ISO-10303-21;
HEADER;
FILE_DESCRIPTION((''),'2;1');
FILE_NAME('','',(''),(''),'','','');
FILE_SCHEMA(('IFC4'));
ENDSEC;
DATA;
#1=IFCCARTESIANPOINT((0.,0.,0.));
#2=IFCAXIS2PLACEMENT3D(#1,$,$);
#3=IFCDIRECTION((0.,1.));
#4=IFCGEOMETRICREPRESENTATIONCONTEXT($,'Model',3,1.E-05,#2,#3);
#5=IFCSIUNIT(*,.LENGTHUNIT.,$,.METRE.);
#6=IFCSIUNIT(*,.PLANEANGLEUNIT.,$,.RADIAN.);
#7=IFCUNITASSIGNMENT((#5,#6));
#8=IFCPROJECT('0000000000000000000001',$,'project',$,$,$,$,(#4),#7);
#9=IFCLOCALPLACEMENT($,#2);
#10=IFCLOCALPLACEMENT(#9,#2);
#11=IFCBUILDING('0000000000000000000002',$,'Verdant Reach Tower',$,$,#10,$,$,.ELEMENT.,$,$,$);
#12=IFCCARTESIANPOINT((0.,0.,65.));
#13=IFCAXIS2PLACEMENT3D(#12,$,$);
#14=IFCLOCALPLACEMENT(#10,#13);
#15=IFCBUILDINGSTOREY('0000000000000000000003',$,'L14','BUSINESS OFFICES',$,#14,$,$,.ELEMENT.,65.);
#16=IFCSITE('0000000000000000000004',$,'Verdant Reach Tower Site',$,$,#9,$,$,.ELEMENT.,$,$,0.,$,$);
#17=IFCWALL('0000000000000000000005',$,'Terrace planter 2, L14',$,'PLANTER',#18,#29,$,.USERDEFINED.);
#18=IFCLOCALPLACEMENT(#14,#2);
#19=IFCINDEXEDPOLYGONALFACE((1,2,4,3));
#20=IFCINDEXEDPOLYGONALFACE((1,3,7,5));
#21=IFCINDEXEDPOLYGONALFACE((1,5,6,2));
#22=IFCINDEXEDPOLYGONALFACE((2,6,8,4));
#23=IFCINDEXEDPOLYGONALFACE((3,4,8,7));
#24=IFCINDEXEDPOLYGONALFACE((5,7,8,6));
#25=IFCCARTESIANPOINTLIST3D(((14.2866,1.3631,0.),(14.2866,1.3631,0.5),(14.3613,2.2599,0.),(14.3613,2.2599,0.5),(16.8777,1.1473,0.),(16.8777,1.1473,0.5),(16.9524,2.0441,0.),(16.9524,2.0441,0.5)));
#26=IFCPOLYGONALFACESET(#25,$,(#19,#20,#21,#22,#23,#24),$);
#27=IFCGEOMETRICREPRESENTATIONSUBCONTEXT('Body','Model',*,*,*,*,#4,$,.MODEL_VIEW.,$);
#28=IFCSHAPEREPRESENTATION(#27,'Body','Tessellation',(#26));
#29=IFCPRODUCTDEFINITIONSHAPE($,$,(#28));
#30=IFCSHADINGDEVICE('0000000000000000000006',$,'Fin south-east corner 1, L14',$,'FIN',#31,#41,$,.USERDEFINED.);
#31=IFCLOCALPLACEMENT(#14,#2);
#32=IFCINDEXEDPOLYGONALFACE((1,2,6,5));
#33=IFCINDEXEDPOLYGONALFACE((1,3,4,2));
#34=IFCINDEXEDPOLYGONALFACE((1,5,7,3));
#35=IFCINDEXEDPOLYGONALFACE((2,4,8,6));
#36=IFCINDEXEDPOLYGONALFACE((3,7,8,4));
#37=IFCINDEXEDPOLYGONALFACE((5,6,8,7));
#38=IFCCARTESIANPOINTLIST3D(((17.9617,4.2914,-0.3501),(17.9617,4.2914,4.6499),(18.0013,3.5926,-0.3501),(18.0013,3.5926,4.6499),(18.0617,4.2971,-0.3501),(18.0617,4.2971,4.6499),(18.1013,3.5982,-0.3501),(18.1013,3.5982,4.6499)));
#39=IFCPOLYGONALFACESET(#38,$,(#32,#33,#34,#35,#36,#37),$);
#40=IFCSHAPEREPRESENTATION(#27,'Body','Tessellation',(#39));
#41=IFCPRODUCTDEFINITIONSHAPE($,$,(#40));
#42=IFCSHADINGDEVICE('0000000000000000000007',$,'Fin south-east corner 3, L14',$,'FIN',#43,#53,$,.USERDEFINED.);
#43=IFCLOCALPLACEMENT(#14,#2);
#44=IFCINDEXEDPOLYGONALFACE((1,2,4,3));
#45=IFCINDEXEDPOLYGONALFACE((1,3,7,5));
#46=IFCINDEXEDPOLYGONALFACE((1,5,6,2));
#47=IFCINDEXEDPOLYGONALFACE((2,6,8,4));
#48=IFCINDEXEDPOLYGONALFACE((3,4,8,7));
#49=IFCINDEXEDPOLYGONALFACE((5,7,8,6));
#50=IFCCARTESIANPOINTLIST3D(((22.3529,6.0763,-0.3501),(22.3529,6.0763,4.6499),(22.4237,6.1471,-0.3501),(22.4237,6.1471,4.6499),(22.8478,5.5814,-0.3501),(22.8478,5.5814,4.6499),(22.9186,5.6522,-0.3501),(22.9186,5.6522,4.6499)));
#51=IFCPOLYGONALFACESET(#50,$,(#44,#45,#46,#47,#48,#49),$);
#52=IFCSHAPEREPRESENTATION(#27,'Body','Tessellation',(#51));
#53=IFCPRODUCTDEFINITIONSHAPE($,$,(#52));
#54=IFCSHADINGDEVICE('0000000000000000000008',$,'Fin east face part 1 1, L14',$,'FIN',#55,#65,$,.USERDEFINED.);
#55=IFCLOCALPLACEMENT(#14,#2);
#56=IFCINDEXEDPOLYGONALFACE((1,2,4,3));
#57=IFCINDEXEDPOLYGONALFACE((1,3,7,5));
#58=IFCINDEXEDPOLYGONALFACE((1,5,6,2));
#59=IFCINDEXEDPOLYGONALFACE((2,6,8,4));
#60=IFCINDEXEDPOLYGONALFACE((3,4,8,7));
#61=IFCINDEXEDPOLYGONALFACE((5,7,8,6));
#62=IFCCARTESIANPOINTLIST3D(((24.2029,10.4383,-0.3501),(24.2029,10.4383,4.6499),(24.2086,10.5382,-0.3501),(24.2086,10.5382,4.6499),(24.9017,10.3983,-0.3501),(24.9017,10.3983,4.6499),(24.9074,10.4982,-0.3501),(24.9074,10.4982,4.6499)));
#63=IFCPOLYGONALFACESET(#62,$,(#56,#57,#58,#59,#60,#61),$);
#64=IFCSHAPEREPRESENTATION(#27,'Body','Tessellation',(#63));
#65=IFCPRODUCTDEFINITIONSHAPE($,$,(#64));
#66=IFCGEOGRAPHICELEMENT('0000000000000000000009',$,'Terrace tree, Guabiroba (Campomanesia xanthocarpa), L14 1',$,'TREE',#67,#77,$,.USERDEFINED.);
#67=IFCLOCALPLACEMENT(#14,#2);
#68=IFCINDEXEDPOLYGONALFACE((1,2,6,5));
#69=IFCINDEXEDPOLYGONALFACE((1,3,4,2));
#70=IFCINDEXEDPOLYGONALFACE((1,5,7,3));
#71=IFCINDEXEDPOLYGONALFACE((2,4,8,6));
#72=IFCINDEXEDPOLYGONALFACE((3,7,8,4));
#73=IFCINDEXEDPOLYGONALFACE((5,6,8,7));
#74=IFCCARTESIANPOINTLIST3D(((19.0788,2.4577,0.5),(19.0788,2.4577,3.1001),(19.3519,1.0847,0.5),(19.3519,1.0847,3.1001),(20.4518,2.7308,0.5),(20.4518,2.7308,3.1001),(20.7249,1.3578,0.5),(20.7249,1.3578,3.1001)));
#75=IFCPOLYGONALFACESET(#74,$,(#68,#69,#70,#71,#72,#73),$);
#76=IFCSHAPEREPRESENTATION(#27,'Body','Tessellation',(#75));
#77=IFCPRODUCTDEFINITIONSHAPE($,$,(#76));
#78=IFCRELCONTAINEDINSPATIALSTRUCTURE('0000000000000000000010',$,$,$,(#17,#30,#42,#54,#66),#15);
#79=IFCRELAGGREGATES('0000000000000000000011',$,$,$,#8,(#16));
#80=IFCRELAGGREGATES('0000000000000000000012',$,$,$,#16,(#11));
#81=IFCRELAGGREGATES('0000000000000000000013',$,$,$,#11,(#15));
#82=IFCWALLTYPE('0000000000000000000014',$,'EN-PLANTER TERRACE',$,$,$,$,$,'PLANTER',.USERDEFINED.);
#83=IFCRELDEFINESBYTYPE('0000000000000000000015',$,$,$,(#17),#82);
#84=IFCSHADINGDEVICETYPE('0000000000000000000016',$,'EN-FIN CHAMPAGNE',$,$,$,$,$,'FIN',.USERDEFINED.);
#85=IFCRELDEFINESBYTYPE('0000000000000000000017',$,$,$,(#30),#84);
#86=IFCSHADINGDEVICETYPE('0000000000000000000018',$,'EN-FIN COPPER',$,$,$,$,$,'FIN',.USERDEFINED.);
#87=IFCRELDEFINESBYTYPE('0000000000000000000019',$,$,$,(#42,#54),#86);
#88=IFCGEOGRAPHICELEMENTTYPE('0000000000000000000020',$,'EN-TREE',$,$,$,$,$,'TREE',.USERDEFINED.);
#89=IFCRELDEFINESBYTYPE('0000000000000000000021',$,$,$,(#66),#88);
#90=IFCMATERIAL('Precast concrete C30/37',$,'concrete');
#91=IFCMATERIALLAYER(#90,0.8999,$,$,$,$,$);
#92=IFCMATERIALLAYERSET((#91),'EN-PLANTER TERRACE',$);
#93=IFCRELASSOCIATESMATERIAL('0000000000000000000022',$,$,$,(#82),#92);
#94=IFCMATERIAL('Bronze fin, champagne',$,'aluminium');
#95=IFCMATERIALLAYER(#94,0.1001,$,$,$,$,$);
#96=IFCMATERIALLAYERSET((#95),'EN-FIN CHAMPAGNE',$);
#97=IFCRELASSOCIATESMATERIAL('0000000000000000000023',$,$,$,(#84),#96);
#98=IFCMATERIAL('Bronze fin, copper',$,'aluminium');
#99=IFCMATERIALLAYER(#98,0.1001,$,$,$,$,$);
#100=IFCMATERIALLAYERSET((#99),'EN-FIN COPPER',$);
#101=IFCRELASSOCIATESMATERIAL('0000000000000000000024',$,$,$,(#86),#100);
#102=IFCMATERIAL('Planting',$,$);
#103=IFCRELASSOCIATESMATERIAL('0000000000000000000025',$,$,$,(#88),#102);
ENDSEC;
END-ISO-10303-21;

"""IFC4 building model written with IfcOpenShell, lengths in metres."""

from ifc_helpers import new_model, si_unit, direction, frame, frame_2d, origin, origin_2d, place, context, subcontext, project, spatial, rectangle, extrude, material, layer, layer_set, type_object, element, save


model = new_model("IFC4")

# Units and contexts
model_context = context("Model", 3, precision=1e-05, world=origin(), true_north=direction((0.0, 1.0)))
body_context = subcontext(model_context, "Body", "Model", "MODEL_VIEW")
ifc_project = project(units=[si_unit("LENGTHUNIT", "METRE"), si_unit("PLANEANGLEUNIT", "RADIAN")], contexts=[model_context])

# Site, building, storey
site_placement = place(None, origin())
site = spatial("IfcSite", under=ifc_project, at=site_placement, Name="Verdant Reach Tower Site", CompositionType="ELEMENT", RefElevation=0.0)
building_placement = place(site_placement, origin())
building = spatial("IfcBuilding", under=site, at=building_placement, Name="Verdant Reach Tower", CompositionType="ELEMENT")
storey_placement = place(building_placement, frame((0.0, 0.0, 65.0)))
storey = spatial("IfcBuildingStorey", under=building, at=storey_placement, Name="L14", Description="BUSINESS OFFICES", CompositionType="ELEMENT", Elevation=65.0)

# Wall
ifc_material_1 = material(Name="Precast concrete C30/37", Category="concrete")
ifc_layer_1 = layer(ifc_material_1, 0.8999)
ifc_layer_set_1 = layer_set([ifc_layer_1], Name="EN-PLANTER TERRACE")
wall_type = type_object("IfcWallType", Name="EN-PLANTER TERRACE", ElementType="PLANTER", PredefinedType="USERDEFINED", material=ifc_layer_set_1)
for number, where, z_axis, x_axis, name in (
    (1, (16.915, 1.5957, 0.0), (0.0, 0.0, 1.0), (-0.996549, 0.083007, 0.0), "Terrace planter 2, L14"),
):
    element("IfcWall", number, at=place(storey_placement, frame(where, z_axis=z_axis, x_axis=x_axis)), inside=storey, type_object=wall_type, Name=name, ObjectType="PLANTER", PredefinedType="USERDEFINED", context=body_context, shape_type="SweptSolid", body=[
        extrude(rectangle(XDim=2.6001, YDim=0.8999, at=frame_2d((1.3, 0.0))), origin(), (0.0, 0.0, 1.0), 0.5),
    ])

# Shading devices
ifc_material_2 = material(Name="Bronze fin, champagne", Category="aluminium")
ifc_layer_2 = layer(ifc_material_2, 0.1001)
ifc_layer_set_2 = layer_set([ifc_layer_2], Name="EN-FIN CHAMPAGNE")
shading_device_type_1 = type_object("IfcShadingDeviceType", Name="EN-FIN CHAMPAGNE", ElementType="FIN", PredefinedType="USERDEFINED", material=ifc_layer_set_2)
shading_device_placement = place(storey_placement, frame((18.0315, 3.9448, -0.3501), z_axis=(0.0, 0.0, 1.0), x_axis=(0.998399, 0.056569, 0.0)))
element("IfcShadingDevice", 2, at=shading_device_placement, inside=storey, type_object=shading_device_type_1, Name="Fin south-east corner 1, L14", ObjectType="FIN", PredefinedType="USERDEFINED", context=body_context, shape_type="SweptSolid", body=[
    extrude(rectangle(XDim=0.1001, YDim=0.7, at=origin_2d()), origin(), (0.0, 0.0, 1.0), 5.0),
])
ifc_material_3 = material(Name="Bronze fin, copper", Category="aluminium")
ifc_layer_3 = layer(ifc_material_3, 0.1001)
ifc_layer_set_3 = layer_set([ifc_layer_3], Name="EN-FIN COPPER")
shading_device_type_2 = type_object("IfcShadingDeviceType", Name="EN-FIN COPPER", ElementType="FIN", PredefinedType="USERDEFINED", material=ifc_layer_set_3)
for number, where, z_axis, x_axis, name in (
    (3, (22.6357, 5.8643, -0.3501), (0.0, 0.0, 1.0), (0.707107, 0.707107, 0.0), "Fin south-east corner 3, L14"),
    (4, (24.5552, 10.4683, -0.3501), (0.0, 0.0, 1.0), (0.057135, 0.998366, 0.0), "Fin east face part 1 1, L14"),
):
    element("IfcShadingDevice", number, at=place(storey_placement, frame(where, z_axis=z_axis, x_axis=x_axis)), inside=storey, type_object=shading_device_type_2, Name=name, ObjectType="FIN", PredefinedType="USERDEFINED", context=body_context, shape_type="SweptSolid", body=[
        extrude(rectangle(XDim=0.1001, YDim=0.7, at=origin_2d()), origin(), (0.0, 0.0, 1.0), 5.0),
    ])

# Geographic element
ifc_material_4 = material(Name="Planting")
geographic_element_type = type_object("IfcGeographicElementType", Name="EN-TREE", ElementType="TREE", PredefinedType="USERDEFINED", material=ifc_material_4)
geographic_element_placement = place(storey_placement, frame((19.9019, 1.9077, 0.5), z_axis=(0.0, 0.0, 1.0), x_axis=(-0.980787, -0.195081, 0.0)))
element("IfcGeographicElement", 5, at=geographic_element_placement, inside=storey, type_object=geographic_element_type, Name="Terrace tree, Guabiroba (Campomanesia xanthocarpa), L14 1", ObjectType="TREE", PredefinedType="USERDEFINED", context=body_context, shape_type="SweptSolid", body=[
    extrude(rectangle(XDim=1.3999, YDim=1.3999, at=origin_2d()), origin(), (0.0, 0.0, 1.0), 2.6001),
])

save(model, "model.ifc")
